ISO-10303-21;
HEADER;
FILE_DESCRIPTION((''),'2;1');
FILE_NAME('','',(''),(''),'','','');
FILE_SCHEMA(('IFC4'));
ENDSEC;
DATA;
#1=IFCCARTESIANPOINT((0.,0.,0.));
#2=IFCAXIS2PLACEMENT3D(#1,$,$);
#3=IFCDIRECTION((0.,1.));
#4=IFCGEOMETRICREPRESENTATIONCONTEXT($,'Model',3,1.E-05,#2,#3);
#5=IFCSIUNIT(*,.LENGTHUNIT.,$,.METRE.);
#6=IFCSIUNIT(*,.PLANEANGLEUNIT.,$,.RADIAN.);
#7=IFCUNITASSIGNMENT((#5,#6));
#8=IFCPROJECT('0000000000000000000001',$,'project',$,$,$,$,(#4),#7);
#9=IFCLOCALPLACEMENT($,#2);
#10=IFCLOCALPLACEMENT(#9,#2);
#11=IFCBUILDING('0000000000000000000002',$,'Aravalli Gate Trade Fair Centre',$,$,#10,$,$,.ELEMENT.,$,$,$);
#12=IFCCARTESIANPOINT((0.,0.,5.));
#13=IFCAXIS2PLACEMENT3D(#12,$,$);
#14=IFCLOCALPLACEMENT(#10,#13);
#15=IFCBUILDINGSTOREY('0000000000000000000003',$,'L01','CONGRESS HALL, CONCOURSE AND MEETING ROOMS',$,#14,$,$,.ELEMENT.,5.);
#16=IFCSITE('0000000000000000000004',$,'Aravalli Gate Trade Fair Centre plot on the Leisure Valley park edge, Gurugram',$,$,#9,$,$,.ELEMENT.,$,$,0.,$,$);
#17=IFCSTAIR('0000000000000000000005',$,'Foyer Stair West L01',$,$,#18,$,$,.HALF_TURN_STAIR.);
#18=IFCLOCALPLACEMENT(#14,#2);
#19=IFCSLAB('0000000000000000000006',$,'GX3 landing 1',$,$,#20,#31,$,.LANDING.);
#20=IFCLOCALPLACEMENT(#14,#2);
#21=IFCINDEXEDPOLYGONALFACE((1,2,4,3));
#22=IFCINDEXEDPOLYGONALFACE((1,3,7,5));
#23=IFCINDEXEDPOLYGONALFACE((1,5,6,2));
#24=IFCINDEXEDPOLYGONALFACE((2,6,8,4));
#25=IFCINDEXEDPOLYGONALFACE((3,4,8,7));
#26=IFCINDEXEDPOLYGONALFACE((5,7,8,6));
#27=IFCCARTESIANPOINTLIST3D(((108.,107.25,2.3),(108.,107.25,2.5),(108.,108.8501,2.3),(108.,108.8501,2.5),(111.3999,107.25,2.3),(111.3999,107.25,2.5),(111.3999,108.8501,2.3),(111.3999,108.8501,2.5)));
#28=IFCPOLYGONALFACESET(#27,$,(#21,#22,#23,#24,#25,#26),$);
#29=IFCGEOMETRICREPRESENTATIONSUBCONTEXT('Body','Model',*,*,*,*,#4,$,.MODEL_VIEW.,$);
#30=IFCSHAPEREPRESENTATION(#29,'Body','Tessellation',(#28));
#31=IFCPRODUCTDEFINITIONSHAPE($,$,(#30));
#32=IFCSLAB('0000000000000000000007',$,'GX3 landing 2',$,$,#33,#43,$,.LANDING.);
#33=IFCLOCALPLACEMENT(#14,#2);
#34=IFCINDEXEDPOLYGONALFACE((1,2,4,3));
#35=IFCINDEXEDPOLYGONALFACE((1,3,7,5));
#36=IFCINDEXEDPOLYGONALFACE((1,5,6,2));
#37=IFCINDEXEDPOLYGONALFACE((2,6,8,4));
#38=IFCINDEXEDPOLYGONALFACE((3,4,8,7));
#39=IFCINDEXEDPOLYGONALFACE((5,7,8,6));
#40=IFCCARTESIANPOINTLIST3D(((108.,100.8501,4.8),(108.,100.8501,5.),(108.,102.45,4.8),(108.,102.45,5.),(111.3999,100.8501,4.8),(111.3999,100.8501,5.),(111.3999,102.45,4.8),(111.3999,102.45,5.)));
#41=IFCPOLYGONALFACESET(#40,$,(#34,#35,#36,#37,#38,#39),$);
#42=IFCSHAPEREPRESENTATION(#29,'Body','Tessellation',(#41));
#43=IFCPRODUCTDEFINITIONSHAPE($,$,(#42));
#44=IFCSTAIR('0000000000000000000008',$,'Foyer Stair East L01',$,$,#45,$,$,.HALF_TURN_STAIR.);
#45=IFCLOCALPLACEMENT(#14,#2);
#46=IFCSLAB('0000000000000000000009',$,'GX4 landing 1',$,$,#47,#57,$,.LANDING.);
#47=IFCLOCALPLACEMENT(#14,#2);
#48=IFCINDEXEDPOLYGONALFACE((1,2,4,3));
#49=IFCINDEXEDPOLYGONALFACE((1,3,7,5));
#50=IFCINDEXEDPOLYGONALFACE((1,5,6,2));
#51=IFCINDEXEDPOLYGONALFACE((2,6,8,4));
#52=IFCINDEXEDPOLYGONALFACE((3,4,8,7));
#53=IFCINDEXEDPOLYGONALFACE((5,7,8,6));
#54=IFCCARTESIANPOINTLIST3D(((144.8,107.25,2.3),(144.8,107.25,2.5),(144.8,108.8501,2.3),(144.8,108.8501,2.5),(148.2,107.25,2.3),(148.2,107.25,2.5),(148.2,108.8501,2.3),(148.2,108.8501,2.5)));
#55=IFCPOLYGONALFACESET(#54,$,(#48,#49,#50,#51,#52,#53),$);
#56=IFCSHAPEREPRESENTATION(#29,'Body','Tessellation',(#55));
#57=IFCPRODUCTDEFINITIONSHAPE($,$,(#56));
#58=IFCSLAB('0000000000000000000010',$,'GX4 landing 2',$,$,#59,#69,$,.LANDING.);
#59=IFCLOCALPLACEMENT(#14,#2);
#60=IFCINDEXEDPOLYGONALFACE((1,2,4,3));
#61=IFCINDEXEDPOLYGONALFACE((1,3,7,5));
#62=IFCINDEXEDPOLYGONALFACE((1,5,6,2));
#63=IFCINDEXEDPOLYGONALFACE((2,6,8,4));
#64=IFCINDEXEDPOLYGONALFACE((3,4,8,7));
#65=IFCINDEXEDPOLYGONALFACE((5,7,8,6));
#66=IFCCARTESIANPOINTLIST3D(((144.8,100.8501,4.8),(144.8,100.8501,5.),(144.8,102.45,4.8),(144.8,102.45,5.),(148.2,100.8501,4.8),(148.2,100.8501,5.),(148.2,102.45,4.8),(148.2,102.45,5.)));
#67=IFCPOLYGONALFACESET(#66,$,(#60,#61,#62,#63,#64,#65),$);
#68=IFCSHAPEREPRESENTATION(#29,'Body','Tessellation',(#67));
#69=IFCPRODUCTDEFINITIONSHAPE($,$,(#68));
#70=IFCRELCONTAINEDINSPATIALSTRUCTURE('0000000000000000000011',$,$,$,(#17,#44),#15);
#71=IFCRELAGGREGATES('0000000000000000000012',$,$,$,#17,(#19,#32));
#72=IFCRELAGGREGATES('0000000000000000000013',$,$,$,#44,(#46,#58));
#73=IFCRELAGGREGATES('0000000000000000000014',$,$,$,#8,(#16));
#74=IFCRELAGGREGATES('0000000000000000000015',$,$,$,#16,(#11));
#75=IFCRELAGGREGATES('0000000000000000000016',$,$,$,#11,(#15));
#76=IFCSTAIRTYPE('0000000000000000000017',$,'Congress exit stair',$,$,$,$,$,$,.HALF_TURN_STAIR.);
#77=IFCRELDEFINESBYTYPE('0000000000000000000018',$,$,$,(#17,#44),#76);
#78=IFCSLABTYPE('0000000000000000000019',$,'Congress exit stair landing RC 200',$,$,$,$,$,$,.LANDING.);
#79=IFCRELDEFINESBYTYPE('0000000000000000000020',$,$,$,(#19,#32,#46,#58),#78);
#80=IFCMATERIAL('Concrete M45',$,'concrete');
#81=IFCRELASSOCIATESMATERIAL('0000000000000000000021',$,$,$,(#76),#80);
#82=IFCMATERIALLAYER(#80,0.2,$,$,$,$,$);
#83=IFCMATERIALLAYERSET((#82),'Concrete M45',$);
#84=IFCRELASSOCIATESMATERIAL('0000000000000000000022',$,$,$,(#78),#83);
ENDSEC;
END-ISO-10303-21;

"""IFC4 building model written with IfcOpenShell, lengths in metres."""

from ifc_helpers import new_model, si_unit, direction, frame, origin, place, context, subcontext, project, spatial, polyline, outline, extrude, material, layer, layer_set, type_object, element, aggregate, save


model = new_model("IFC4")

# Units and contexts
model_context = context("Model", 3, precision=1e-05, world=origin(), true_north=direction((0.0, 1.0)))
body_context = subcontext(model_context, "Body", "Model", "MODEL_VIEW")
ifc_project = project(units=[si_unit("LENGTHUNIT", "METRE"), si_unit("PLANEANGLEUNIT", "RADIAN")], contexts=[model_context])

# Site, building, storey
site_placement = place(None, origin())
site = spatial("IfcSite", under=ifc_project, at=site_placement, Name="Aravalli Gate Trade Fair Centre plot on the Leisure Valley park edge, Gurugram", CompositionType="ELEMENT", RefElevation=0.0)
building_placement = place(site_placement, origin())
building = spatial("IfcBuilding", under=site, at=building_placement, Name="Aravalli Gate Trade Fair Centre", CompositionType="ELEMENT")
storey_placement = place(building_placement, frame((0.0, 0.0, 5.0)))
storey = spatial("IfcBuildingStorey", under=building, at=storey_placement, Name="L01", Description="CONGRESS HALL, CONCOURSE AND MEETING ROOMS", CompositionType="ELEMENT", Elevation=5.0)

# Shared definitions
ifc_material_1 = material(Name="Concrete M45", Category="concrete")

# Stairs, slabs
stair_type_1 = type_object("IfcStairType", Name="Congress exit stair", PredefinedType="HALF_TURN_STAIR", material=ifc_material_1)
ifc_layer_1 = layer(ifc_material_1, 0.2)
ifc_layer_set_1 = layer_set([ifc_layer_1], Name="Concrete M45")
slab_type_1 = type_object("IfcSlabType", Name="Congress exit stair landing RC 200", PredefinedType="LANDING", material=ifc_layer_set_1)
stair_1_placement = place(storey_placement, origin())
stair_1 = element("IfcStair", 1, at=stair_1_placement, inside=storey, type_object=stair_type_1, Name="Foyer Stair West L01", PredefinedType="HALF_TURN_STAIR")
slab_1_placement = place(storey_placement, frame((0.0, 0.0, 2.3)))
slab_1 = element("IfcSlab", 2, at=slab_1_placement, type_object=slab_type_1, Name="GX3 landing 1", PredefinedType="LANDING", context=body_context, shape_type="SweptSolid", body=[
    extrude(outline(polyline([(108.0, 107.25), (111.3999, 107.25), (111.3999, 108.8501), (108.0, 108.8501), (108.0, 107.25)])), origin(), (0.0, 0.0, 1.0), 0.2),
])
slab_2_placement = place(storey_placement, frame((0.0, 0.0, 4.8)))
slab_2 = element("IfcSlab", 3, at=slab_2_placement, type_object=slab_type_1, Name="GX3 landing 2", PredefinedType="LANDING", context=body_context, shape_type="SweptSolid", body=[
    extrude(outline(polyline([(108.0, 100.8501), (111.3999, 100.8501), (111.3999, 102.45), (108.0, 102.45), (108.0, 100.8501)])), origin(), (0.0, 0.0, 1.0), 0.2),
])
aggregate(stair_1, [slab_1, slab_2])
stair_2_placement = place(storey_placement, origin())
stair_2 = element("IfcStair", 4, at=stair_2_placement, inside=storey, type_object=stair_type_1, Name="Foyer Stair East L01", PredefinedType="HALF_TURN_STAIR")
slab_3_placement = place(storey_placement, frame((0.0, 0.0, 2.3)))
slab_3 = element("IfcSlab", 5, at=slab_3_placement, type_object=slab_type_1, Name="GX4 landing 1", PredefinedType="LANDING", context=body_context, shape_type="SweptSolid", body=[
    extrude(outline(polyline([(144.8, 107.25), (148.2, 107.25), (148.2, 108.8501), (144.8, 108.8501), (144.8, 107.25)])), origin(), (0.0, 0.0, 1.0), 0.2),
])
slab_4_placement = place(storey_placement, frame((0.0, 0.0, 4.8)))
slab_4 = element("IfcSlab", 6, at=slab_4_placement, type_object=slab_type_1, Name="GX4 landing 2", PredefinedType="LANDING", context=body_context, shape_type="SweptSolid", body=[
    extrude(outline(polyline([(144.8, 100.8501), (148.2, 100.8501), (148.2, 102.45), (144.8, 102.45), (144.8, 100.8501)])), origin(), (0.0, 0.0, 1.0), 0.2),
])
aggregate(stair_2, [slab_3, slab_4])

save(model, "model.ifc")
